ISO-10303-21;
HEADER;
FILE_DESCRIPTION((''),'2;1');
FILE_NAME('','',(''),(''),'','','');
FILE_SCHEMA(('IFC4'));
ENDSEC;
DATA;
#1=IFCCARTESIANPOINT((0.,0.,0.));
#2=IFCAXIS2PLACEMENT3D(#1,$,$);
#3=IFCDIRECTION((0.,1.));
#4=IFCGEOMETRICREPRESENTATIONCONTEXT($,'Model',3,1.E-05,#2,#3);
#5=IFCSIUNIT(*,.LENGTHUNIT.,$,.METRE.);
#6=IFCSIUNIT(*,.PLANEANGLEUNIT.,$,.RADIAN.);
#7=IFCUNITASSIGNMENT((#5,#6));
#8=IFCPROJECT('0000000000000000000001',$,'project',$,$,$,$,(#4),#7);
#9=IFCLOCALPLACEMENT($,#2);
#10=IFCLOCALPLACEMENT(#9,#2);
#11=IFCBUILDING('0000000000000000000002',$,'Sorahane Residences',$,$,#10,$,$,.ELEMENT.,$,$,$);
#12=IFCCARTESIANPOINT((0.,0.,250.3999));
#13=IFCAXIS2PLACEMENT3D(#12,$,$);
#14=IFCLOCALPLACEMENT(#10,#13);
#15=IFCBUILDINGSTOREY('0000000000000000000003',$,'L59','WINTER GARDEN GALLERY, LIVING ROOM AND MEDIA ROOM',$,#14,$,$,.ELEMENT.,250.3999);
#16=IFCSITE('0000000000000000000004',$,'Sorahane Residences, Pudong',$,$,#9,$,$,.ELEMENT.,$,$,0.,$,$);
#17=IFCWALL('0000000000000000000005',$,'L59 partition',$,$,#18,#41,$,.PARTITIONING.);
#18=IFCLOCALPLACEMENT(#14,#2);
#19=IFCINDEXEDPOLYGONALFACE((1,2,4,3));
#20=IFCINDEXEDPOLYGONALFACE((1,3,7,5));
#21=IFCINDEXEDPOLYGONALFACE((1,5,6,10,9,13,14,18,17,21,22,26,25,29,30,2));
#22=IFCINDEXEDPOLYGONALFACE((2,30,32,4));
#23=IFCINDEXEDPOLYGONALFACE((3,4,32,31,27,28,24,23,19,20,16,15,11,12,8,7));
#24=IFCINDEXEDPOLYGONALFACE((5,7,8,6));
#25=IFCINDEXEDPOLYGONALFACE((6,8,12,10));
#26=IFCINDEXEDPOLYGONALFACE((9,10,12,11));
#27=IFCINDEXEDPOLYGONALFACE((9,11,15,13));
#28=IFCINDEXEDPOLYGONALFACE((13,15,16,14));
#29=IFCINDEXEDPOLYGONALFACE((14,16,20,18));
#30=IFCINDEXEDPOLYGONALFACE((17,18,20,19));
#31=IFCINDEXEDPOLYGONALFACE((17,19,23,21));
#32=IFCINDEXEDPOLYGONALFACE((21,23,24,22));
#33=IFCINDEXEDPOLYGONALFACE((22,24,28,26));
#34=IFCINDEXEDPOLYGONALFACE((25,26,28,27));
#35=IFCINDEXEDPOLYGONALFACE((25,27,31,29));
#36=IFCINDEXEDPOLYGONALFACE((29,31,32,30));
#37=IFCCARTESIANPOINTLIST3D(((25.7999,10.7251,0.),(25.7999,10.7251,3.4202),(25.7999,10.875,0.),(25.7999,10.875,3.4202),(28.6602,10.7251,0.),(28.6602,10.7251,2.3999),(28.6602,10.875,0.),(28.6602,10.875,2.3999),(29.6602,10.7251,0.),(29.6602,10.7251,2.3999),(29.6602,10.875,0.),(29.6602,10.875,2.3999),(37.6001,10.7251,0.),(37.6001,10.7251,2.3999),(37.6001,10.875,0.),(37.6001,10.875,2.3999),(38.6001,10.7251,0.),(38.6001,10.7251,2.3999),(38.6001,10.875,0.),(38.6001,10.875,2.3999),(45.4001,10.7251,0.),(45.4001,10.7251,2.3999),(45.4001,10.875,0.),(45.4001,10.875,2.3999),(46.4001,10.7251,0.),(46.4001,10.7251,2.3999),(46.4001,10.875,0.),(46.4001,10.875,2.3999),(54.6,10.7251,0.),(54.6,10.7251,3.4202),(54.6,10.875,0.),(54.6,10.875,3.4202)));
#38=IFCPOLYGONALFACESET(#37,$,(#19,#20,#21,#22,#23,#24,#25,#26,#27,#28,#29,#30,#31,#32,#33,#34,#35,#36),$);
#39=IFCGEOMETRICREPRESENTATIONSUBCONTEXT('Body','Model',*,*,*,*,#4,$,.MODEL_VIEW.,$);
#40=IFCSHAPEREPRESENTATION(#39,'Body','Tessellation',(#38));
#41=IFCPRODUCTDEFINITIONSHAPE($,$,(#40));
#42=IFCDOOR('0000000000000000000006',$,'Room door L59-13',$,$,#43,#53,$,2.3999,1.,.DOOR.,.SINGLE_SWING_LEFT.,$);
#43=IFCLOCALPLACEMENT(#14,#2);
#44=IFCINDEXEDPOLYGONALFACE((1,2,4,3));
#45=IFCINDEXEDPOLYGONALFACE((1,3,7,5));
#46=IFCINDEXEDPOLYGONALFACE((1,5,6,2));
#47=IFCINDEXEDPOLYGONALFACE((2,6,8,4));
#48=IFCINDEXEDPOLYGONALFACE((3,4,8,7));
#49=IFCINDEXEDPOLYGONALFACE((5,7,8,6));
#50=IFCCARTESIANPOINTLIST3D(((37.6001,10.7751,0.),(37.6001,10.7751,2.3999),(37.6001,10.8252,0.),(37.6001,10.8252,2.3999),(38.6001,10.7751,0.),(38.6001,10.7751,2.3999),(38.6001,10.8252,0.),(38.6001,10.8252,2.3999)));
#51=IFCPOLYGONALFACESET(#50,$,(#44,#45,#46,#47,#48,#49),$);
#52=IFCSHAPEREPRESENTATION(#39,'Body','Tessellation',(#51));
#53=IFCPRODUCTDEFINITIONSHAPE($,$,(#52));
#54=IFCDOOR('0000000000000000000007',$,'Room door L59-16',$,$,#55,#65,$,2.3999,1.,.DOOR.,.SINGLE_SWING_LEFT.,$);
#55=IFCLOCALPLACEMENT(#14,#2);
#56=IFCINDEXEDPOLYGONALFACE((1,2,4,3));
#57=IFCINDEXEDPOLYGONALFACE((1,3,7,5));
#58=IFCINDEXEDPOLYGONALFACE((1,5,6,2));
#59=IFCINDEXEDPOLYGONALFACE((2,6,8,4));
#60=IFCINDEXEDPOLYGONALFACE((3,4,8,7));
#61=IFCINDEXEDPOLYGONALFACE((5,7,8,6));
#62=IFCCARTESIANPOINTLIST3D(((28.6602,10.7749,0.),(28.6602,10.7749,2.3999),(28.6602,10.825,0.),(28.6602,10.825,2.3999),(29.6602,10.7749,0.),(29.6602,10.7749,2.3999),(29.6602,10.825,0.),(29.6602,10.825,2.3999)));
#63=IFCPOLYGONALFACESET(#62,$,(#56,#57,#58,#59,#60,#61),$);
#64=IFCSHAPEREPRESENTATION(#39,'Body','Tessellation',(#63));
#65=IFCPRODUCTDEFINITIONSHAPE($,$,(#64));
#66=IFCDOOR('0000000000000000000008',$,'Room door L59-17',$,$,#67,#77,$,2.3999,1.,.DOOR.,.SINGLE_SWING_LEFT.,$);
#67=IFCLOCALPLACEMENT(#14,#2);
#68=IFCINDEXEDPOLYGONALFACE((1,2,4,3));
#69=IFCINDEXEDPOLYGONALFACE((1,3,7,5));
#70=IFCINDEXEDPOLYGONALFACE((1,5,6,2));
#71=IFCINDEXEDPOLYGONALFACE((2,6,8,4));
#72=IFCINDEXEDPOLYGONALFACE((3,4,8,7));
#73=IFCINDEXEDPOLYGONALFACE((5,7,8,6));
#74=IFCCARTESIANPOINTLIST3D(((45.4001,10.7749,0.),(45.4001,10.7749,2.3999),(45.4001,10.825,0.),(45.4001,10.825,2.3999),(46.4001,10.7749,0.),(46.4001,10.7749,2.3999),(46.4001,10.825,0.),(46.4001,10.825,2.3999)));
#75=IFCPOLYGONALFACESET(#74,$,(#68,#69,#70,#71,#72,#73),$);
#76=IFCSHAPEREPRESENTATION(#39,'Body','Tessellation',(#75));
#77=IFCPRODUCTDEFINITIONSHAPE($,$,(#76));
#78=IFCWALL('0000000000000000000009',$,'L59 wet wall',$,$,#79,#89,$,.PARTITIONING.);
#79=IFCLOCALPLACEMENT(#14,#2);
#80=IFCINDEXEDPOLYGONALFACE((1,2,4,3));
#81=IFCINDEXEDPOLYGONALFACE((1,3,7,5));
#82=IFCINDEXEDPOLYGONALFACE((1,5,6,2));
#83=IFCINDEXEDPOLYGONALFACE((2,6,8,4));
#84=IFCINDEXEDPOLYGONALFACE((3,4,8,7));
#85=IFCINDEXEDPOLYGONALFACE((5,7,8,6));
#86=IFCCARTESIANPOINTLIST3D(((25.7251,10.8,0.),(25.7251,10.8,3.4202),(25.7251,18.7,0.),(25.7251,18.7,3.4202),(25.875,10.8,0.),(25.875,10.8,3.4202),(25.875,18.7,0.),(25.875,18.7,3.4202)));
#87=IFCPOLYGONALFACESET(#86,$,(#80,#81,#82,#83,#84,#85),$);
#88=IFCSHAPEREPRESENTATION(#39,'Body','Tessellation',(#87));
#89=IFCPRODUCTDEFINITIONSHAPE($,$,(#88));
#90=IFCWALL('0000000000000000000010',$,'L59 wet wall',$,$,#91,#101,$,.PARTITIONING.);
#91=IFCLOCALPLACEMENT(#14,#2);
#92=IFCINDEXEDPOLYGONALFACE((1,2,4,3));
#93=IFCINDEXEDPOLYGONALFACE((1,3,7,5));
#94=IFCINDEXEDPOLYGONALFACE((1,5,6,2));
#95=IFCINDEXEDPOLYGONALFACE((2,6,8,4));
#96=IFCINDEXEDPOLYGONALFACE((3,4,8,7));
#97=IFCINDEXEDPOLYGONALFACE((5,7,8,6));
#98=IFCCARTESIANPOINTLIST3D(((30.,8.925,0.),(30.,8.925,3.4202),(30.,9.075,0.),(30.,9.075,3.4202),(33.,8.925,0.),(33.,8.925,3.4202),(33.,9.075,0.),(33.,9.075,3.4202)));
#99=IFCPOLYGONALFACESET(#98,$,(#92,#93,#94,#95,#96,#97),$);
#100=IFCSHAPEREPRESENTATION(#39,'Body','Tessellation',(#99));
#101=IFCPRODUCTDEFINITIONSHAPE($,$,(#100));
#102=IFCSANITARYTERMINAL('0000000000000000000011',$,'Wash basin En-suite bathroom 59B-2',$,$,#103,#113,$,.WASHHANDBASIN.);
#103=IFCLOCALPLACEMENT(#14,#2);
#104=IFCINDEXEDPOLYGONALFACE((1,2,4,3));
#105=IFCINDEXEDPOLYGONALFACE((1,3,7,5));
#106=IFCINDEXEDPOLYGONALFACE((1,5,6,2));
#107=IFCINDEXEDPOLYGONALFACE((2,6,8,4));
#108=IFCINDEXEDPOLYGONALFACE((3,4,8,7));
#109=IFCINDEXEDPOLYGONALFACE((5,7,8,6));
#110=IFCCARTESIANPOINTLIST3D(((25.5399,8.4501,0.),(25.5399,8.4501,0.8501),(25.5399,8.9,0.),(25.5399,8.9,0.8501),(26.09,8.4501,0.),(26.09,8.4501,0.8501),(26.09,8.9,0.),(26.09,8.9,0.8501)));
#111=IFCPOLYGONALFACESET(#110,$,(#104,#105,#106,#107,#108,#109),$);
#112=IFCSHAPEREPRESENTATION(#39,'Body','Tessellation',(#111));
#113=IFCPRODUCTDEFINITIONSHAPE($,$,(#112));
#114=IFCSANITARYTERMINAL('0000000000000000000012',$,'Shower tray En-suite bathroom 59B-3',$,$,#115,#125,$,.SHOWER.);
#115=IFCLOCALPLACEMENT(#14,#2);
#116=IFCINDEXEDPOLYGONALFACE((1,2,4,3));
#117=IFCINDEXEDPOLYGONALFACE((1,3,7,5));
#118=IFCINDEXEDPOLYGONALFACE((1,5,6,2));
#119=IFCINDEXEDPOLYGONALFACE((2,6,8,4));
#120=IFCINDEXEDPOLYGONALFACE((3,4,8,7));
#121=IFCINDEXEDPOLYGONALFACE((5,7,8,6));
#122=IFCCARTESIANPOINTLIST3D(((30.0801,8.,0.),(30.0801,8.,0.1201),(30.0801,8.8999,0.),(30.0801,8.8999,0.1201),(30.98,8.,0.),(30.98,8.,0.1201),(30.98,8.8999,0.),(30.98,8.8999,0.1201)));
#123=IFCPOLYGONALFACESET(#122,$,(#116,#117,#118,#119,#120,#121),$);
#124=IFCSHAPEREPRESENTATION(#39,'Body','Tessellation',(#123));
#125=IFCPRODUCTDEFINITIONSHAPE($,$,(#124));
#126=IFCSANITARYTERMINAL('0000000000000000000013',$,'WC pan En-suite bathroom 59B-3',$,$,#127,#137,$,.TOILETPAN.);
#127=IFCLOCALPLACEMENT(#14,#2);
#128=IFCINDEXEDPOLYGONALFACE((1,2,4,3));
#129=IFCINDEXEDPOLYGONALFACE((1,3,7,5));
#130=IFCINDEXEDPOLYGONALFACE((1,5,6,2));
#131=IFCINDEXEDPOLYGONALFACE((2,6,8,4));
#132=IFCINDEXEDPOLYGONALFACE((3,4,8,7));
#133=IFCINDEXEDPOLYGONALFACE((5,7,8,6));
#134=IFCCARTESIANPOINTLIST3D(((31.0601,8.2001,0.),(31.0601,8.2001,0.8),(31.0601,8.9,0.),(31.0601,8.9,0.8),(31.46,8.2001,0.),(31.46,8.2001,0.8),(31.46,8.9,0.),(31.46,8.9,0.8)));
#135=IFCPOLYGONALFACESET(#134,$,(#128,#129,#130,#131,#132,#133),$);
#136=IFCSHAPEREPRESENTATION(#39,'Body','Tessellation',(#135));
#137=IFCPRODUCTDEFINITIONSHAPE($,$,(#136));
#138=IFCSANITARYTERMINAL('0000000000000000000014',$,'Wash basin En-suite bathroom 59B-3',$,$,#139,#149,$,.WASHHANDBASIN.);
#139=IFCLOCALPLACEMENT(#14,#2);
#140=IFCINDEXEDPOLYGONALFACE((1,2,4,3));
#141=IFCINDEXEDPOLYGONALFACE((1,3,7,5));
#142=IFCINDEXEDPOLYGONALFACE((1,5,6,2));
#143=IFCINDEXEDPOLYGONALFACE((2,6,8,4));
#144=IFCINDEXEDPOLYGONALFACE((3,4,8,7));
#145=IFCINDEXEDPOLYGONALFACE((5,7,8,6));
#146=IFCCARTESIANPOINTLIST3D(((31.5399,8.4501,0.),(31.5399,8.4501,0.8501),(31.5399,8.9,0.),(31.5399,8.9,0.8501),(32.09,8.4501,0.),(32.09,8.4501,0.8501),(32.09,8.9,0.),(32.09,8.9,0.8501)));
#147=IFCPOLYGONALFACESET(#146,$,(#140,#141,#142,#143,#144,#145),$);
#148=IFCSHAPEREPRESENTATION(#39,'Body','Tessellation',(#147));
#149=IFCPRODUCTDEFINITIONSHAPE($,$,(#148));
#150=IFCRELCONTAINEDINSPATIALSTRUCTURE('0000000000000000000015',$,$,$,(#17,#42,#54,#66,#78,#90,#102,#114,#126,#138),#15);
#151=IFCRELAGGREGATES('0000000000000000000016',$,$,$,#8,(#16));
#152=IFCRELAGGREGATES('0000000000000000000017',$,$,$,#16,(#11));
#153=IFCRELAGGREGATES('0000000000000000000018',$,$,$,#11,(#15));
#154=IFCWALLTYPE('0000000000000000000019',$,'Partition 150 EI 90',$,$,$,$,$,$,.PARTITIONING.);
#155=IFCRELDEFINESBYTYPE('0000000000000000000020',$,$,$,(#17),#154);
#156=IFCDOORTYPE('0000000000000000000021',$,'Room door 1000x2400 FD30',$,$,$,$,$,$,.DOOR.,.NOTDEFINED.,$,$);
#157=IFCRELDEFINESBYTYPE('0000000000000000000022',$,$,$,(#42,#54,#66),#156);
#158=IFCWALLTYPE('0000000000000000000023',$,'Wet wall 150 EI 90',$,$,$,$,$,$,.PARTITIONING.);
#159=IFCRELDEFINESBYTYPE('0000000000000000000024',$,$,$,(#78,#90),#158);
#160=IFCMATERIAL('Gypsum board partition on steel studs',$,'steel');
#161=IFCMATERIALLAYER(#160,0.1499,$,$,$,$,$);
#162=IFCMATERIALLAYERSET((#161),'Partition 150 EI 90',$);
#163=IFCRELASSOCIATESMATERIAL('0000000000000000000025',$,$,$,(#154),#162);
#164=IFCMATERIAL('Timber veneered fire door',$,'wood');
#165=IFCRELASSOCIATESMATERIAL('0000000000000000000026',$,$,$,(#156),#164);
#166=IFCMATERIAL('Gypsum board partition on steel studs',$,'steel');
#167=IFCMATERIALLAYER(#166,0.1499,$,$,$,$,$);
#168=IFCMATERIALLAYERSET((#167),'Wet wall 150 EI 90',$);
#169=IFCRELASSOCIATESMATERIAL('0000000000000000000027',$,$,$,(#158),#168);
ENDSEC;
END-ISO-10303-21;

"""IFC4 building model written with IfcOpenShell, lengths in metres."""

from ifc_helpers import new_model, si_unit, direction, frame, frame_2d, origin, origin_2d, place, context, subcontext, project, spatial, rectangle, extrude, material, layer, layer_set, type_object, element, fill, save


model = new_model("IFC4")

# Units and contexts
model_context = context("Model", 3, precision=1e-05, world=origin(), true_north=direction((0.0, 1.0)))
body_context = subcontext(model_context, "Body", "Model", "MODEL_VIEW")
ifc_project = project(units=[si_unit("LENGTHUNIT", "METRE"), si_unit("PLANEANGLEUNIT", "RADIAN")], contexts=[model_context])

# Site, building, storey
site_placement = place(None, origin())
site = spatial("IfcSite", under=ifc_project, at=site_placement, Name="Sorahane Residences, Pudong", CompositionType="ELEMENT", RefElevation=0.0)
building_placement = place(site_placement, origin())
building = spatial("IfcBuilding", under=site, at=building_placement, Name="Sorahane Residences", CompositionType="ELEMENT")
storey_placement = place(building_placement, frame((0.0, 0.0, 250.3999)))
storey = spatial("IfcBuildingStorey", under=building, at=storey_placement, Name="L59", Description="WINTER GARDEN GALLERY, LIVING ROOM AND MEDIA ROOM", CompositionType="ELEMENT", Elevation=250.3999)

# Wall, openings, doors
ifc_material_1 = material(Name="Gypsum board partition on steel studs", Category="steel")
ifc_layer_1 = layer(ifc_material_1, 0.1499)
ifc_layer_set_1 = layer_set([ifc_layer_1], Name="Partition 150 EI 90")
wall_type_1 = type_object("IfcWallType", Name="Partition 150 EI 90", PredefinedType="PARTITIONING", material=ifc_layer_set_1)
wall_1_placement = place(storey_placement, frame((25.8, 10.8, 0.0), z_axis=(0.0, 0.0, 1.0), x_axis=(1.0, 0.0, 0.0)))
wall_1 = element("IfcWall", 1, at=wall_1_placement, inside=storey, type_object=wall_type_1, Name="L59 partition", PredefinedType="PARTITIONING", context=body_context, shape_type="SweptSolid", body=[
    extrude(rectangle(XDim=28.8, YDim=0.1499, at=frame_2d((14.3999, 0.0))), origin(), (0.0, 0.0, 1.0), 3.4202),
])
opening_1_placement = place(wall_1_placement, frame((11.8, 0.0, 0.0)))
opening_1 = element("IfcOpeningElement", 2, at=opening_1_placement, cuts=wall_1, PredefinedType="OPENING", context=body_context, shape_type="SweptSolid", body=[
    extrude(rectangle(XDim=1.0, YDim=2.3999, at=frame_2d((0.5, 1.2))), frame((0.0, 0.085, 0.0), z_axis=(0.0, -1.0, 0.0), x_axis=(1.0, 0.0, 0.0)), (0.0, 0.0, 1.0), 0.1699),
])
opening_2_placement = place(wall_1_placement, frame((2.8601, 0.0, 0.0)))
opening_2 = element("IfcOpeningElement", 3, at=opening_2_placement, cuts=wall_1, PredefinedType="OPENING", context=body_context, shape_type="SweptSolid", body=[
    extrude(rectangle(XDim=1.0, YDim=2.3999, at=frame_2d((0.5, 1.2))), frame((0.0, 0.085, 0.0), z_axis=(0.0, -1.0, 0.0), x_axis=(1.0, 0.0, 0.0)), (0.0, 0.0, 1.0), 0.1699),
])
opening_3_placement = place(wall_1_placement, frame((19.6001, 0.0, 0.0)))
opening_3 = element("IfcOpeningElement", 4, at=opening_3_placement, cuts=wall_1, PredefinedType="OPENING", context=body_context, shape_type="SweptSolid", body=[
    extrude(rectangle(XDim=1.0, YDim=2.3999, at=frame_2d((0.5, 1.2))), frame((0.0, 0.085, 0.0), z_axis=(0.0, -1.0, 0.0), x_axis=(1.0, 0.0, 0.0)), (0.0, 0.0, 1.0), 0.1699),
])
ifc_material_2 = material(Name="Timber veneered fire door", Category="wood")
door_type_1 = type_object("IfcDoorType", Name="Room door 1000x2400 FD30", OperationType="NOTDEFINED", PredefinedType="DOOR", material=ifc_material_2)
door_1_placement = place(opening_1_placement, frame((1.0, 0.0, 0.0), z_axis=(0.0, 0.0, 1.0), x_axis=(-1.0, 0.0, 0.0)))
door_1 = element("IfcDoor", 5, at=door_1_placement, inside=storey, type_object=door_type_1, Name="Room door L59-13", OperationType="SINGLE_SWING_LEFT", OverallHeight=2.3999, OverallWidth=1.0, PredefinedType="DOOR", context=body_context, shape_type="SweptSolid", body=[
    extrude(rectangle(XDim=1.0, YDim=2.3999, at=frame_2d((0.5, 1.2))), frame((0.0, 0.0249, 0.0), z_axis=(0.0, -1.0, 0.0), x_axis=(1.0, 0.0, 0.0)), (0.0, 0.0, 1.0), 0.05),
])
fill(opening_1, door_1)
door_2_placement = place(opening_2_placement, origin())
door_2 = element("IfcDoor", 6, at=door_2_placement, inside=storey, type_object=door_type_1, Name="Room door L59-16", OperationType="SINGLE_SWING_LEFT", OverallHeight=2.3999, OverallWidth=1.0, PredefinedType="DOOR", context=body_context, shape_type="SweptSolid", body=[
    extrude(rectangle(XDim=1.0, YDim=2.3999, at=frame_2d((0.5, 1.2))), frame((0.0, 0.0249, 0.0), z_axis=(0.0, -1.0, 0.0), x_axis=(1.0, 0.0, 0.0)), (0.0, 0.0, 1.0), 0.05),
])
fill(opening_2, door_2)
door_3_placement = place(opening_3_placement, origin())
door_3 = element("IfcDoor", 7, at=door_3_placement, inside=storey, type_object=door_type_1, Name="Room door L59-17", OperationType="SINGLE_SWING_LEFT", OverallHeight=2.3999, OverallWidth=1.0, PredefinedType="DOOR", context=body_context, shape_type="SweptSolid", body=[
    extrude(rectangle(XDim=1.0, YDim=2.3999, at=frame_2d((0.5, 1.2))), frame((0.0, 0.0249, 0.0), z_axis=(0.0, -1.0, 0.0), x_axis=(1.0, 0.0, 0.0)), (0.0, 0.0, 1.0), 0.05),
])
fill(opening_3, door_3)

# Wall
ifc_material_3 = material(Name="Gypsum board partition on steel studs", Category="steel")
ifc_layer_2 = layer(ifc_material_3, 0.1499)
ifc_layer_set_2 = layer_set([ifc_layer_2], Name="Wet wall 150 EI 90")
wall_type_2 = type_object("IfcWallType", Name="Wet wall 150 EI 90", PredefinedType="PARTITIONING", material=ifc_layer_set_2)
wall_2_placement = place(storey_placement, frame((25.8, 10.8, 0.0), z_axis=(0.0, 0.0, 1.0), x_axis=(0.0, 1.0, 0.0)))
element("IfcWall", 8, at=wall_2_placement, inside=storey, type_object=wall_type_2, Name="L59 wet wall", PredefinedType="PARTITIONING", context=body_context, shape_type="SweptSolid", body=[
    extrude(rectangle(XDim=7.8999, YDim=0.1499, at=frame_2d((3.95, 0.0))), origin(), (0.0, 0.0, 1.0), 3.4202),
])

# Wall
wall_3_placement = place(storey_placement, frame((30.0, 9.0, 0.0), z_axis=(0.0, 0.0, 1.0), x_axis=(1.0, 0.0, 0.0)))
element("IfcWall", 9, at=wall_3_placement, inside=storey, type_object=wall_type_2, Name="L59 wet wall", PredefinedType="PARTITIONING", context=body_context, shape_type="SweptSolid", body=[
    extrude(rectangle(XDim=3.0, YDim=0.1499, at=frame_2d((1.5, 0.0))), origin(), (0.0, 0.0, 1.0), 3.4202),
])

# Sanitary terminals
sanitary_terminal_1_placement = place(storey_placement, frame((25.8149, 8.675, 0.0), z_axis=(0.0, 0.0, 1.0), x_axis=(1.0, 0.0, 0.0)))
element("IfcSanitaryTerminal", 10, at=sanitary_terminal_1_placement, inside=storey, Name="Wash basin En-suite bathroom 59B-2", PredefinedType="WASHHANDBASIN", context=body_context, shape_type="SweptSolid", body=[
    extrude(rectangle(XDim=0.55, YDim=0.45, at=origin_2d()), origin(), (0.0, 0.0, 1.0), 0.8501),
])
sanitary_terminal_2_placement = place(storey_placement, frame((30.53, 8.45, 0.0), z_axis=(0.0, 0.0, 1.0), x_axis=(1.0, 0.0, 0.0)))
element("IfcSanitaryTerminal", 11, at=sanitary_terminal_2_placement, inside=storey, Name="Shower tray En-suite bathroom 59B-3", PredefinedType="SHOWER", context=body_context, shape_type="SweptSolid", body=[
    extrude(rectangle(XDim=0.8999, YDim=0.8999, at=origin_2d()), origin(), (0.0, 0.0, 1.0), 0.1201),
])
sanitary_terminal_3_placement = place(storey_placement, frame((31.26, 8.55, 0.0), z_axis=(0.0, 0.0, 1.0), x_axis=(1.0, 0.0, 0.0)))
element("IfcSanitaryTerminal", 12, at=sanitary_terminal_3_placement, inside=storey, Name="WC pan En-suite bathroom 59B-3", PredefinedType="TOILETPAN", context=body_context, shape_type="SweptSolid", body=[
    extrude(rectangle(XDim=0.3999, YDim=0.7, at=origin_2d()), origin(), (0.0, 0.0, 1.0), 0.8),
])
sanitary_terminal_4_placement = place(storey_placement, frame((31.8149, 8.675, 0.0), z_axis=(0.0, 0.0, 1.0), x_axis=(1.0, 0.0, 0.0)))
element("IfcSanitaryTerminal", 13, at=sanitary_terminal_4_placement, inside=storey, Name="Wash basin En-suite bathroom 59B-3", PredefinedType="WASHHANDBASIN", context=body_context, shape_type="SweptSolid", body=[
    extrude(rectangle(XDim=0.55, YDim=0.45, at=origin_2d()), origin(), (0.0, 0.0, 1.0), 0.8501),
])

save(model, "model.ifc")
